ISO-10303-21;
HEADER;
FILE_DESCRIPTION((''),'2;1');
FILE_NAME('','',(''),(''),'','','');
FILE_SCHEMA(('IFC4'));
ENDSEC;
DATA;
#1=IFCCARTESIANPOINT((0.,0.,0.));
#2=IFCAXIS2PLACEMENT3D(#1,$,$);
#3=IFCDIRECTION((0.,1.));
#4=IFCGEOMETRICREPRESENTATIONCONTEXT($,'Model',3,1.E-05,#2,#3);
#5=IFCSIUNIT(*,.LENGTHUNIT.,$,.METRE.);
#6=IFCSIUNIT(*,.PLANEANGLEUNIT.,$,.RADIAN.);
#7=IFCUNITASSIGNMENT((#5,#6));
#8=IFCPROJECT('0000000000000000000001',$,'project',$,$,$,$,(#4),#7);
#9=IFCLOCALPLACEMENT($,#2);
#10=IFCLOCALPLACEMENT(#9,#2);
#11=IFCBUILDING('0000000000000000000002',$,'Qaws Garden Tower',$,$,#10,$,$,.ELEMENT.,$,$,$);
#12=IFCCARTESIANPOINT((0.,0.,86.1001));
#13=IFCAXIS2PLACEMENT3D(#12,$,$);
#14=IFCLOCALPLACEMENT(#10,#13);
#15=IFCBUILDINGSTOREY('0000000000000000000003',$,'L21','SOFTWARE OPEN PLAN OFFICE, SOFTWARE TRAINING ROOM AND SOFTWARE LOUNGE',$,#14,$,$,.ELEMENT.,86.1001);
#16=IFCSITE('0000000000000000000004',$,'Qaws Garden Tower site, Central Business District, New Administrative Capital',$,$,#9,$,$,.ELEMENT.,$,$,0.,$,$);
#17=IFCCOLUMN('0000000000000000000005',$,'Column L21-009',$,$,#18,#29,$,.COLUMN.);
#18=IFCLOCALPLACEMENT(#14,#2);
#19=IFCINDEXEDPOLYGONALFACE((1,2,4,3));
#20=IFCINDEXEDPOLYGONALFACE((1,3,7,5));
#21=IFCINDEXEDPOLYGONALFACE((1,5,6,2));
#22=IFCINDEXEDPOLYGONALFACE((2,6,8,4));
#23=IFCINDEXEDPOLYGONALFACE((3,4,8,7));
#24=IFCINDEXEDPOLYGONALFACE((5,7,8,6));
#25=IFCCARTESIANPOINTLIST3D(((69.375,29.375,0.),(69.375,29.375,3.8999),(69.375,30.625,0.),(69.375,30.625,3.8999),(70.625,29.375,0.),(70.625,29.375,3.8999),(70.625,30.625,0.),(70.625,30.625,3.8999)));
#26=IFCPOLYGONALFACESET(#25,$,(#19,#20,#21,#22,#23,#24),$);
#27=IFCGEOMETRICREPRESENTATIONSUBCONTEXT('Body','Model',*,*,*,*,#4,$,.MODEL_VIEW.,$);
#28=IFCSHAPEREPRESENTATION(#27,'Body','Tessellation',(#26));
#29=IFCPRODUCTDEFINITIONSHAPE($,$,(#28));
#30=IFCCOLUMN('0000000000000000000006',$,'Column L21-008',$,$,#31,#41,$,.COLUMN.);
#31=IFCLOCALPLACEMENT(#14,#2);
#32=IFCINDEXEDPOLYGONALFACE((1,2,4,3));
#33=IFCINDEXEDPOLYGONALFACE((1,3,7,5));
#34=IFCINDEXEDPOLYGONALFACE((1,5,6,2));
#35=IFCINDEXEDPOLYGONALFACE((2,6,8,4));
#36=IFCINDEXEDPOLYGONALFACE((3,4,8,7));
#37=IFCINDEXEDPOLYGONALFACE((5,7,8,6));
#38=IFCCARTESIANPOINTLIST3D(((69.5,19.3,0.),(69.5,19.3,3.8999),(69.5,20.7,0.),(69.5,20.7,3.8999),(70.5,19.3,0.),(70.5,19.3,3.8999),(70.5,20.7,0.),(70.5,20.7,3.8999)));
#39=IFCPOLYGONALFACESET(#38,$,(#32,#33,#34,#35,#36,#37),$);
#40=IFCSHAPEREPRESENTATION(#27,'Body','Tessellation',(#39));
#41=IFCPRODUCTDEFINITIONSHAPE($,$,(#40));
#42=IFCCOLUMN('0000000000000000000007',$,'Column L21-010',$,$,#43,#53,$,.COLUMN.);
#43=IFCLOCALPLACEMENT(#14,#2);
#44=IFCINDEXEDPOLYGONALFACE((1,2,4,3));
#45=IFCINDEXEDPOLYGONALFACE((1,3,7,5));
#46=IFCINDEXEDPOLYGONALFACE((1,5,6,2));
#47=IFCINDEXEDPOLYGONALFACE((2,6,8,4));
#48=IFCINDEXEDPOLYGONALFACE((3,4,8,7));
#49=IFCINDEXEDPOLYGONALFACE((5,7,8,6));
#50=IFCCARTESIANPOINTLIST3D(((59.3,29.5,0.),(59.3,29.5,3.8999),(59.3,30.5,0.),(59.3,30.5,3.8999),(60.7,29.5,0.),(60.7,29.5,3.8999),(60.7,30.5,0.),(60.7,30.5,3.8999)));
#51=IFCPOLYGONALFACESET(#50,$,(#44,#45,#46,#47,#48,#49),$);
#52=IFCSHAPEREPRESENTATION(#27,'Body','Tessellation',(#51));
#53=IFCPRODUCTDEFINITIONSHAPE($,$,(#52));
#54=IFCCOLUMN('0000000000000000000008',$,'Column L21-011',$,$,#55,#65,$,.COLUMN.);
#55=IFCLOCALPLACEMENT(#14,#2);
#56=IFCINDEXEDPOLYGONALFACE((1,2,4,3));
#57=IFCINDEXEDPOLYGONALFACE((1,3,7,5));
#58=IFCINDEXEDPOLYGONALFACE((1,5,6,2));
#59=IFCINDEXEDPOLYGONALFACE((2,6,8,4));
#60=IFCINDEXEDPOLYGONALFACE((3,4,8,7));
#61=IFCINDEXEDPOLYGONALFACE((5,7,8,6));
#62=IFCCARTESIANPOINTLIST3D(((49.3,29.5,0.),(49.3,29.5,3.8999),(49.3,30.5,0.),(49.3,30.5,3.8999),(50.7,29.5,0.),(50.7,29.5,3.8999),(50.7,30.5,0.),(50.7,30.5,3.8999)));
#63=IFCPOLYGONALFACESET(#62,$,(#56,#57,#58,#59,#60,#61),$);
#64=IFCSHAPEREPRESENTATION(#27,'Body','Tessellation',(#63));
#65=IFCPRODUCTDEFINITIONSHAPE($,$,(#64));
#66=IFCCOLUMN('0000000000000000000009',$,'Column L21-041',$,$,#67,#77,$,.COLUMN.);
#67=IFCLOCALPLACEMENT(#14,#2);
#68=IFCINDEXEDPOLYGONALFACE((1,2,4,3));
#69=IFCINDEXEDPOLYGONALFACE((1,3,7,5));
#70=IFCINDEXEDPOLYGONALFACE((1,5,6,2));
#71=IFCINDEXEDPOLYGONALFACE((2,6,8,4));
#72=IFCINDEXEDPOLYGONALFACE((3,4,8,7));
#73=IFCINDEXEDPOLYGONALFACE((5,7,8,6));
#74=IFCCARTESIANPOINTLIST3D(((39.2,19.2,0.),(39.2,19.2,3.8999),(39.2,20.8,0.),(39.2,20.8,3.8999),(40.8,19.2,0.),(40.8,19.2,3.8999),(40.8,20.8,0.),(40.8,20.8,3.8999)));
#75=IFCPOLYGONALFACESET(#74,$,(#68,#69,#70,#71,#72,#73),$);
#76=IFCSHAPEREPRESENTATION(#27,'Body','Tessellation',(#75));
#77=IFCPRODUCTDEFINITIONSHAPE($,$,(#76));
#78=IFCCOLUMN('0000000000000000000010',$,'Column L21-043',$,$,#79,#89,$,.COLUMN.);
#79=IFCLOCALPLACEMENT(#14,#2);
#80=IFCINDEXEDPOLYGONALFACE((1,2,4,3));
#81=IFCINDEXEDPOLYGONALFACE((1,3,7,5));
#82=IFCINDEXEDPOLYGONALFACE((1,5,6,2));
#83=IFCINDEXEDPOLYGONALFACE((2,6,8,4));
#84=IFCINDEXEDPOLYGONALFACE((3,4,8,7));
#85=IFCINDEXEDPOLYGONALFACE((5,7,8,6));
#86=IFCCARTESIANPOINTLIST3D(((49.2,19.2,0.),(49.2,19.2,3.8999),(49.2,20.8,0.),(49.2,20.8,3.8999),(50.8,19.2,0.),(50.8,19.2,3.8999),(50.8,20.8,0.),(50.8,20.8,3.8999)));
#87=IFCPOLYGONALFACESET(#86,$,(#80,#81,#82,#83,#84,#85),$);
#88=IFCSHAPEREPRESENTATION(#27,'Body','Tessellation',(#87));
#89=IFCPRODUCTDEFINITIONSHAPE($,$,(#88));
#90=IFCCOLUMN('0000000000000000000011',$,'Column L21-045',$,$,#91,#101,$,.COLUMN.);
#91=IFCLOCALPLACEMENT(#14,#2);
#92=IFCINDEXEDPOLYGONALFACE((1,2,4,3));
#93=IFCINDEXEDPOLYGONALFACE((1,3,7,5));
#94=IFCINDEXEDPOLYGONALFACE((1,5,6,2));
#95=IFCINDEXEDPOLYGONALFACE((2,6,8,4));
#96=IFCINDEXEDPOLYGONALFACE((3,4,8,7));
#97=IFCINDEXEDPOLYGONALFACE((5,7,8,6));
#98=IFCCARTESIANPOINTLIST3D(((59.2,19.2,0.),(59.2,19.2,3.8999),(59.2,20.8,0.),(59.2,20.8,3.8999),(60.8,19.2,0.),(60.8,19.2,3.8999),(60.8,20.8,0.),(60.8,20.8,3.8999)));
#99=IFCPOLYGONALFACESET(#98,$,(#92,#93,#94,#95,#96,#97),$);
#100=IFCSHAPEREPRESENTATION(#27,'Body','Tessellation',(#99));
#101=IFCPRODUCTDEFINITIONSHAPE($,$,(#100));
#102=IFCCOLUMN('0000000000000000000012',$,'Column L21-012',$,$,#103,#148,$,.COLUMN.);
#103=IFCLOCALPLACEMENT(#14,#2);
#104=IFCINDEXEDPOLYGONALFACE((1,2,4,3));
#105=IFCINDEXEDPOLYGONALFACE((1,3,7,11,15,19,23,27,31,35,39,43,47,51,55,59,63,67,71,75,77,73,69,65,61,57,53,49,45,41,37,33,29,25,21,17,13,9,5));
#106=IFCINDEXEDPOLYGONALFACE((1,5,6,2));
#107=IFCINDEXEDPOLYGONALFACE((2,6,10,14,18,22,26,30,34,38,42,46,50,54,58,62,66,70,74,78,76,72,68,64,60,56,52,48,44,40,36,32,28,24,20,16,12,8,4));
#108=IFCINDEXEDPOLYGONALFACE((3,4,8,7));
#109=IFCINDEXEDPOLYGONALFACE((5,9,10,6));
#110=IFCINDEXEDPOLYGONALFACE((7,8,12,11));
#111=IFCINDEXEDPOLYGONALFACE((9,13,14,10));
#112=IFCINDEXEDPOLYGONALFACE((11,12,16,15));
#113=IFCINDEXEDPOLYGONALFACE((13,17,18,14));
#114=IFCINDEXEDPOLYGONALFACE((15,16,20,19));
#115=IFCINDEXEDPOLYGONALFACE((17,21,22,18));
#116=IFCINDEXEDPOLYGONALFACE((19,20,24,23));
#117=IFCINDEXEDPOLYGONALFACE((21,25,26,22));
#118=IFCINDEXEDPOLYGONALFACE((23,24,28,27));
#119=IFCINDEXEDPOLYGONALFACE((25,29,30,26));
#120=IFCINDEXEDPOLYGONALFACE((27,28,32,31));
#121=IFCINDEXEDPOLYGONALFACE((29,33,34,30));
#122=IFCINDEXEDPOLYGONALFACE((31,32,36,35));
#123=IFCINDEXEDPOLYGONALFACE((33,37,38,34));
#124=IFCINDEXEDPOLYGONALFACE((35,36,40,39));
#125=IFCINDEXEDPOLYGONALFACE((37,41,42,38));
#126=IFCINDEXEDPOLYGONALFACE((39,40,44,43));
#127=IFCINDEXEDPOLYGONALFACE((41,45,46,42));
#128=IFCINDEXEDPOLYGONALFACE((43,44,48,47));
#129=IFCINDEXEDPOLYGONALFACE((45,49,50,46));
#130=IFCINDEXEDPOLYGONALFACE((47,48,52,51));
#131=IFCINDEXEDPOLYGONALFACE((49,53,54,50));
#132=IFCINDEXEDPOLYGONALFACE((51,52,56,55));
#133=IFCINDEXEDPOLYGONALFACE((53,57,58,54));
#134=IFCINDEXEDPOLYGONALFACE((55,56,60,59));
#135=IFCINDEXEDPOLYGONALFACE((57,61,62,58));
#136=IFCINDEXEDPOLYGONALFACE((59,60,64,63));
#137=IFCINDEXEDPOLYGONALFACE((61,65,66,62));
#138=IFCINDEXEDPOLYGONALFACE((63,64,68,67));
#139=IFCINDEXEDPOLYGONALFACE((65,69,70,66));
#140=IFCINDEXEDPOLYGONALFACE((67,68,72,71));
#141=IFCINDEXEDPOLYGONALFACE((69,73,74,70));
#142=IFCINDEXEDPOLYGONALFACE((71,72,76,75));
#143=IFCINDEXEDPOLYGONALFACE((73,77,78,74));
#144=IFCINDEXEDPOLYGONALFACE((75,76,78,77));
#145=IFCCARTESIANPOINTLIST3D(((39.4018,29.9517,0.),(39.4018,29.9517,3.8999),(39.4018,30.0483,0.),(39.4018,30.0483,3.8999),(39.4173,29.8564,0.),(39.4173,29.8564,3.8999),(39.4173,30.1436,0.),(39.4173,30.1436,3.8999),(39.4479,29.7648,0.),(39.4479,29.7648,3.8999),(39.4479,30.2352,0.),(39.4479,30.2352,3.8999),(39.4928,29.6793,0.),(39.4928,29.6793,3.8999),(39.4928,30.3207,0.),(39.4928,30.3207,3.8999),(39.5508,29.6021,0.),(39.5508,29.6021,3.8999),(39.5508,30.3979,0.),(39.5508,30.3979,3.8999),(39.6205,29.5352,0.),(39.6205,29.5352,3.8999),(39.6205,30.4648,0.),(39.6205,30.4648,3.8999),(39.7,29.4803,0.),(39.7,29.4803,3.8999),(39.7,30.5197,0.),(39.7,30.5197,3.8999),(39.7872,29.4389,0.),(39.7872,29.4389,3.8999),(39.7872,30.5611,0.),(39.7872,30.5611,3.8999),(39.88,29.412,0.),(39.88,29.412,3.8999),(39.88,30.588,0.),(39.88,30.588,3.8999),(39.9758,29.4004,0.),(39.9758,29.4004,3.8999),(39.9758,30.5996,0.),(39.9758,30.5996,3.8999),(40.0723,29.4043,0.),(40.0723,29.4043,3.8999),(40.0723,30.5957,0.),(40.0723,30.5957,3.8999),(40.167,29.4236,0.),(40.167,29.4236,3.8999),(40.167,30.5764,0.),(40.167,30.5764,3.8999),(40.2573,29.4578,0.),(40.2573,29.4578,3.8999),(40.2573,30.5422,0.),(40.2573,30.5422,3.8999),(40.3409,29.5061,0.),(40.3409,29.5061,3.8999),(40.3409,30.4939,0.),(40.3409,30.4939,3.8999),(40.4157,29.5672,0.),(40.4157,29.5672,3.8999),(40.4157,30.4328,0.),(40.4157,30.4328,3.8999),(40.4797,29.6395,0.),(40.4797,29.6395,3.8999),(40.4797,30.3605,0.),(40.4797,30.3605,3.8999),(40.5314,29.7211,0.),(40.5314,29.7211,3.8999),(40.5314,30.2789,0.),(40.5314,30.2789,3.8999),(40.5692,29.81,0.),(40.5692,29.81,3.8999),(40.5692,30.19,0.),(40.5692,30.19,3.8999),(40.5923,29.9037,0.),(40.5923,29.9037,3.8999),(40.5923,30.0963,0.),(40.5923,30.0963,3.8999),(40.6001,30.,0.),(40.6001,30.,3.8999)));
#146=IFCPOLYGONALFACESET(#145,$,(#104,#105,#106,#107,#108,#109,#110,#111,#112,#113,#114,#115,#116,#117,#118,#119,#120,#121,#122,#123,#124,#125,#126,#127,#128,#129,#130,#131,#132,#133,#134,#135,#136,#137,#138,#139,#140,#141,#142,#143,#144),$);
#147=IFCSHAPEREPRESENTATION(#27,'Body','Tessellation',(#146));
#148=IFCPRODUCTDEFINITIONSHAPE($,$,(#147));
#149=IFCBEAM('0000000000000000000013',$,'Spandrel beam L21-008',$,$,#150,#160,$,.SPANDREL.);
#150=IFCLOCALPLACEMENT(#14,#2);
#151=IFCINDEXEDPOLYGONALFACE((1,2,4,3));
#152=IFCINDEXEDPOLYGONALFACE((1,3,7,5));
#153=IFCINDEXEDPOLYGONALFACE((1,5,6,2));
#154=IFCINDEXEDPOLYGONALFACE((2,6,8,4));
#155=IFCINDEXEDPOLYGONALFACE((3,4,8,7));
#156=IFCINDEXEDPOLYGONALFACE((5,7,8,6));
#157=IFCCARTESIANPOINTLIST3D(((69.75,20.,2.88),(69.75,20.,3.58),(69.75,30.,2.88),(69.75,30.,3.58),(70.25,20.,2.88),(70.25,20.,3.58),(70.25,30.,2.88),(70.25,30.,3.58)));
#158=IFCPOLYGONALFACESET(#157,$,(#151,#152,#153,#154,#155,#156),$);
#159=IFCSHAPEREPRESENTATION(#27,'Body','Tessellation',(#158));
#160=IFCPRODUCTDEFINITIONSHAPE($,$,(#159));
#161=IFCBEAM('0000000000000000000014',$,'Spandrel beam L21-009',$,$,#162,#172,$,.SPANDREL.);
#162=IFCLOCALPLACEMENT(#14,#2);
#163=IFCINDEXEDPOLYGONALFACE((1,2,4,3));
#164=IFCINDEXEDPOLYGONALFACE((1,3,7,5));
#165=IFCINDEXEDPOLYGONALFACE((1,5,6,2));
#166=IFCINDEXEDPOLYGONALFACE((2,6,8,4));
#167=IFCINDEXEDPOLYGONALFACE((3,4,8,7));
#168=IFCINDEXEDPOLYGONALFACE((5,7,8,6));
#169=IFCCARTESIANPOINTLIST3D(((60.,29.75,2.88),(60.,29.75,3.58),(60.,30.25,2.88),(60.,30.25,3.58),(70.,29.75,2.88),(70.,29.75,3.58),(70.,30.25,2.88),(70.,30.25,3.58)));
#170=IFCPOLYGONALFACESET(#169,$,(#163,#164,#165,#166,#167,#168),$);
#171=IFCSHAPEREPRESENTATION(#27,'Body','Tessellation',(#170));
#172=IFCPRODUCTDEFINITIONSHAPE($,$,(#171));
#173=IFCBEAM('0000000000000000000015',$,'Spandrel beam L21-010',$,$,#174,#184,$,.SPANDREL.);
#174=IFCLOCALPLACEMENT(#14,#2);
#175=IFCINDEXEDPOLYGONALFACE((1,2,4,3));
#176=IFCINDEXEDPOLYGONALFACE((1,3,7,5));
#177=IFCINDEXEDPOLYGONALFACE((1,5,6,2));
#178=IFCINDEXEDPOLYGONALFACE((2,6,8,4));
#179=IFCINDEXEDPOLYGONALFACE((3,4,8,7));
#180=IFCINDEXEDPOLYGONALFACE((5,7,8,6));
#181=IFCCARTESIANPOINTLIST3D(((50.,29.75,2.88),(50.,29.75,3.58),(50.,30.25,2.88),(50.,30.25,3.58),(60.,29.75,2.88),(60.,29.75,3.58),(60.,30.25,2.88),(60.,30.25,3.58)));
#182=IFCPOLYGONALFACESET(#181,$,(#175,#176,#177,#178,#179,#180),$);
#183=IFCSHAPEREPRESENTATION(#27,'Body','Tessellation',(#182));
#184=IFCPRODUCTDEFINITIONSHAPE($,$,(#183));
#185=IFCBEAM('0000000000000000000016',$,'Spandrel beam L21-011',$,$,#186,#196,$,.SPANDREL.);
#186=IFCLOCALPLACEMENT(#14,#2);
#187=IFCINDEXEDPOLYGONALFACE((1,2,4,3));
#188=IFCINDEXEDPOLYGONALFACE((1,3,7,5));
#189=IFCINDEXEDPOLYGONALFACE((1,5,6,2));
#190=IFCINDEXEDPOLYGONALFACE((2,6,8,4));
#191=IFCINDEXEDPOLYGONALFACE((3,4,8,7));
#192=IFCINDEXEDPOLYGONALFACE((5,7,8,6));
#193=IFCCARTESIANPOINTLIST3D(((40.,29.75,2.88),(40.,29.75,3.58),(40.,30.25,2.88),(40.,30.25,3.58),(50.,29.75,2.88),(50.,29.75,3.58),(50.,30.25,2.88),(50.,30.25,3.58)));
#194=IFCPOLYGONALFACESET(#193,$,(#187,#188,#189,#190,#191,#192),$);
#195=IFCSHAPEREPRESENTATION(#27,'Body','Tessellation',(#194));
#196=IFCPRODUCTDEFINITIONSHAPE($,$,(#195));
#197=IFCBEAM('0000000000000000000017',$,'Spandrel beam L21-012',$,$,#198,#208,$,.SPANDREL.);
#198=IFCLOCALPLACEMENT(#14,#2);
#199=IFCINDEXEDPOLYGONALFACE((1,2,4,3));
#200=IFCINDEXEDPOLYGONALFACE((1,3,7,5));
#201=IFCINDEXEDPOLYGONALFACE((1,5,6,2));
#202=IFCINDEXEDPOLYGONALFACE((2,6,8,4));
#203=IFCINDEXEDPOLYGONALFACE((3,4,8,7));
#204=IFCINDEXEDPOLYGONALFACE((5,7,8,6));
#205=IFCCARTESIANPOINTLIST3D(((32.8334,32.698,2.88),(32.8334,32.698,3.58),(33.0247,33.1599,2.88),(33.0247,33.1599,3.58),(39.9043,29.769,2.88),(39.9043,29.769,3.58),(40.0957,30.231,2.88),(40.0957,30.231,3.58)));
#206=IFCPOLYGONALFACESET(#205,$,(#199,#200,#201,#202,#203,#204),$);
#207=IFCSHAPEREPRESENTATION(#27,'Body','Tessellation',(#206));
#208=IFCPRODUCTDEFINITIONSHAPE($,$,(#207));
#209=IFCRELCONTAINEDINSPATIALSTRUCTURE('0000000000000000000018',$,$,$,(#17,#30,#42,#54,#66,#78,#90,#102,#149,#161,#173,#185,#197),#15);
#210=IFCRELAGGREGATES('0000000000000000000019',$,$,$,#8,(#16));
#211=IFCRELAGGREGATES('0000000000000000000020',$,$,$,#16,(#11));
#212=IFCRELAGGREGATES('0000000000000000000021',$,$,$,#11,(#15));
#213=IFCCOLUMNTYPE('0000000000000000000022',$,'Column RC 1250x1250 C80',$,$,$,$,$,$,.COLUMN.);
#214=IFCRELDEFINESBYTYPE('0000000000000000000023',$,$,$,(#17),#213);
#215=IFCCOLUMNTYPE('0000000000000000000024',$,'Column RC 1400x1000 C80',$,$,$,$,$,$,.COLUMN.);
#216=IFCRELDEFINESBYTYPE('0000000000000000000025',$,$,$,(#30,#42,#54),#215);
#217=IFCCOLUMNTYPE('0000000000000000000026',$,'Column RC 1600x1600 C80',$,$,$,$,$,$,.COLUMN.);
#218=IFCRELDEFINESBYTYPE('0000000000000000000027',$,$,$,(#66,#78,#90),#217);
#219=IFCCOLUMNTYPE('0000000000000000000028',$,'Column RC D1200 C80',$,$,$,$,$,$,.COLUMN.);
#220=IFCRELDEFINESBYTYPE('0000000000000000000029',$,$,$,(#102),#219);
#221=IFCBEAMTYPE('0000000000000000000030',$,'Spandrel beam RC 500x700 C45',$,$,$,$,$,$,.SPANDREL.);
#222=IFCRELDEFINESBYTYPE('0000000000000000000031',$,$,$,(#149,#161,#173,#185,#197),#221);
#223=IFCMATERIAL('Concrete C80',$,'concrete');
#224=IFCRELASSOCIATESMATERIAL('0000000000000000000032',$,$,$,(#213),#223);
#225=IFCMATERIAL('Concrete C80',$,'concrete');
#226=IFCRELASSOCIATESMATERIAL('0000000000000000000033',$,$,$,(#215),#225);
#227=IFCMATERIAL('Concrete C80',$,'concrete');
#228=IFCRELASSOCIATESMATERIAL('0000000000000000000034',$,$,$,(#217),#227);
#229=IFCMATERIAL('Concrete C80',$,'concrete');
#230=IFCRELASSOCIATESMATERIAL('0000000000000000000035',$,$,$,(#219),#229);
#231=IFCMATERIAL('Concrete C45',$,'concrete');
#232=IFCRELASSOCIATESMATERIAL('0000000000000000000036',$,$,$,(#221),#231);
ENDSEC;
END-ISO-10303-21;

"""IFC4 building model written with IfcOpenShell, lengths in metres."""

from ifc_helpers import new_model, si_unit, direction, frame, origin, origin_2d, place, context, subcontext, project, spatial, rectangle, circle, extrude, material, material_profile, profile_set, type_object, element, save


model = new_model("IFC4")

# Units and contexts
model_context = context("Model", 3, precision=1e-05, world=origin(), true_north=direction((0.0, 1.0)))
body_context = subcontext(model_context, "Body", "Model", "MODEL_VIEW")
ifc_project = project(units=[si_unit("LENGTHUNIT", "METRE"), si_unit("PLANEANGLEUNIT", "RADIAN")], contexts=[model_context])

# Site, building, storey
site_placement = place(None, origin())
site = spatial("IfcSite", under=ifc_project, at=site_placement, Name="Qaws Garden Tower site, Central Business District, New Administrative Capital", CompositionType="ELEMENT", RefElevation=0.0)
building_placement = place(site_placement, origin())
building = spatial("IfcBuilding", under=site, at=building_placement, Name="Qaws Garden Tower", CompositionType="ELEMENT")
storey_placement = place(building_placement, frame((0.0, 0.0, 86.1001)))
storey = spatial("IfcBuildingStorey", under=building, at=storey_placement, Name="L21", Description="SOFTWARE OPEN PLAN OFFICE, SOFTWARE TRAINING ROOM AND SOFTWARE LOUNGE", CompositionType="ELEMENT", Elevation=86.1001)

# Columns
ifc_material_1 = material(Name="Concrete C80", Category="concrete")
ifc_material_profile_1 = material_profile(ifc_material_1, rectangle(XDim=1.25, YDim=1.25, at=origin_2d()), Name="RC 1250x1250")
ifc_profile_set_1 = profile_set([ifc_material_profile_1], Name="Concrete C80")
column_type_1 = type_object("IfcColumnType", Name="Column RC 1250x1250 C80", PredefinedType="COLUMN", material=ifc_profile_set_1)
column_1_placement = place(storey_placement, frame((70.0, 30.0, 0.0), z_axis=(0.0, 0.0, 1.0), x_axis=(1.0, 0.0, 0.0)))
element("IfcColumn", 1, at=column_1_placement, inside=storey, type_object=column_type_1, Name="Column L21-009", PredefinedType="COLUMN", context=body_context, shape_type="SweptSolid", body=[
    extrude(rectangle(XDim=1.25, YDim=1.25, at=origin_2d()), origin(), (0.0, 0.0, 1.0), 3.8999),
])
ifc_material_2 = material(Name="Concrete C80", Category="concrete")
ifc_material_profile_2 = material_profile(ifc_material_2, rectangle(XDim=1.3999, YDim=1.0, at=origin_2d()), Name="RC 1400x1000")
ifc_profile_set_2 = profile_set([ifc_material_profile_2], Name="Concrete C80")
column_type_2 = type_object("IfcColumnType", Name="Column RC 1400x1000 C80", PredefinedType="COLUMN", material=ifc_profile_set_2)
for number, where, z_axis, x_axis, name in (
    (2, (70.0, 20.0, 0.0), (0.0, 0.0, 1.0), (0.0, 1.0, 0.0), "Column L21-008"),
    (3, (60.0, 30.0, 0.0), (0.0, 0.0, 1.0), (1.0, 0.0, 0.0), "Column L21-010"),
    (4, (50.0, 30.0, 0.0), (0.0, 0.0, 1.0), (1.0, 0.0, 0.0), "Column L21-011"),
):
    element("IfcColumn", number, at=place(storey_placement, frame(where, z_axis=z_axis, x_axis=x_axis)), inside=storey, type_object=column_type_2, Name=name, PredefinedType="COLUMN", context=body_context, shape_type="SweptSolid", body=[
        extrude(rectangle(XDim=1.3999, YDim=1.0, at=origin_2d()), origin(), (0.0, 0.0, 1.0), 3.8999),
    ])
ifc_material_3 = material(Name="Concrete C80", Category="concrete")
ifc_material_profile_3 = material_profile(ifc_material_3, rectangle(XDim=1.6001, YDim=1.6001, at=origin_2d()), Name="RC 1600x1600")
ifc_profile_set_3 = profile_set([ifc_material_profile_3], Name="Concrete C80")
column_type_3 = type_object("IfcColumnType", Name="Column RC 1600x1600 C80", PredefinedType="COLUMN", material=ifc_profile_set_3)
for number, where, z_axis, x_axis, name in (
    (5, (40.0, 20.0, 0.0), (0.0, 0.0, 1.0), (1.0, 0.0, 0.0), "Column L21-041"),
    (6, (50.0, 20.0, 0.0), (0.0, 0.0, 1.0), (1.0, 0.0, 0.0), "Column L21-043"),
    (7, (60.0, 20.0, 0.0), (0.0, 0.0, 1.0), (1.0, 0.0, 0.0), "Column L21-045"),
):
    element("IfcColumn", number, at=place(storey_placement, frame(where, z_axis=z_axis, x_axis=x_axis)), inside=storey, type_object=column_type_3, Name=name, PredefinedType="COLUMN", context=body_context, shape_type="SweptSolid", body=[
        extrude(rectangle(XDim=1.6001, YDim=1.6001, at=origin_2d()), origin(), (0.0, 0.0, 1.0), 3.8999),
    ])
ifc_material_4 = material(Name="Concrete C80", Category="concrete")
ifc_material_profile_4 = material_profile(ifc_material_4, circle(Radius=0.6001, at=origin_2d()), Name="RC D1200")
ifc_profile_set_4 = profile_set([ifc_material_profile_4], Name="Concrete C80")
column_type_4 = type_object("IfcColumnType", Name="Column RC D1200 C80", PredefinedType="COLUMN", material=ifc_profile_set_4)
column_2_placement = place(storey_placement, frame((40.0, 30.0, 0.0), z_axis=(0.0, 0.0, 1.0), x_axis=(1.0, 0.0, 0.0)))
element("IfcColumn", 8, at=column_2_placement, inside=storey, type_object=column_type_4, Name="Column L21-012", PredefinedType="COLUMN", context=body_context, shape_type="SweptSolid", body=[
    extrude(circle(Radius=0.6001, at=origin_2d()), origin(), (0.0, 0.0, 1.0), 3.8999),
])

# Beams
ifc_material_5 = material(Name="Concrete C45", Category="concrete")
ifc_material_profile_5 = material_profile(ifc_material_5, rectangle(XDim=0.5, YDim=0.7, at=origin_2d()), Name="RC 500x700")
ifc_profile_set_5 = profile_set([ifc_material_profile_5], Name="Concrete C45")
beam_type = type_object("IfcBeamType", Name="Spandrel beam RC 500x700 C45", PredefinedType="SPANDREL", material=ifc_profile_set_5)
for number, where, z_axis, x_axis, name in (
    (9, (70.0, 20.0, 3.23), (0.0, 1.0, 0.0), (-1.0, 0.0, 0.0), "Spandrel beam L21-008"),
    (10, (70.0, 30.0, 3.23), (-1.0, 0.0, 0.0), (0.0, -1.0, 0.0), "Spandrel beam L21-009"),
    (11, (60.0, 30.0, 3.23), (-1.0, 0.0, 0.0), (0.0, -1.0, 0.0), "Spandrel beam L21-010"),
    (12, (50.0, 30.0, 3.23), (-1.0, 0.0, 0.0), (0.0, -1.0, 0.0), "Spandrel beam L21-011"),
):
    element("IfcBeam", number, at=place(storey_placement, frame(where, z_axis=z_axis, x_axis=x_axis)), inside=storey, type_object=beam_type, Name=name, PredefinedType="SPANDREL", context=body_context, shape_type="SweptSolid", body=[
        extrude(rectangle(XDim=0.5, YDim=0.7, at=origin_2d()), origin(), (0.0, 0.0, 1.0), 10.0),
    ])
beam_placement = place(storey_placement, frame((40.0, 30.0, 3.23), z_axis=(-0.923878, 0.382687, 0.0), x_axis=(-0.382687, -0.923878, 0.0)))
element("IfcBeam", 13, at=beam_placement, inside=storey, type_object=beam_type, Name="Spandrel beam L21-012", PredefinedType="SPANDREL", context=body_context, shape_type="SweptSolid", body=[
    extrude(rectangle(XDim=0.5, YDim=0.7, at=origin_2d()), origin(), (0.0, 0.0, 1.0), 7.6536),
])

save(model, "model.ifc")
